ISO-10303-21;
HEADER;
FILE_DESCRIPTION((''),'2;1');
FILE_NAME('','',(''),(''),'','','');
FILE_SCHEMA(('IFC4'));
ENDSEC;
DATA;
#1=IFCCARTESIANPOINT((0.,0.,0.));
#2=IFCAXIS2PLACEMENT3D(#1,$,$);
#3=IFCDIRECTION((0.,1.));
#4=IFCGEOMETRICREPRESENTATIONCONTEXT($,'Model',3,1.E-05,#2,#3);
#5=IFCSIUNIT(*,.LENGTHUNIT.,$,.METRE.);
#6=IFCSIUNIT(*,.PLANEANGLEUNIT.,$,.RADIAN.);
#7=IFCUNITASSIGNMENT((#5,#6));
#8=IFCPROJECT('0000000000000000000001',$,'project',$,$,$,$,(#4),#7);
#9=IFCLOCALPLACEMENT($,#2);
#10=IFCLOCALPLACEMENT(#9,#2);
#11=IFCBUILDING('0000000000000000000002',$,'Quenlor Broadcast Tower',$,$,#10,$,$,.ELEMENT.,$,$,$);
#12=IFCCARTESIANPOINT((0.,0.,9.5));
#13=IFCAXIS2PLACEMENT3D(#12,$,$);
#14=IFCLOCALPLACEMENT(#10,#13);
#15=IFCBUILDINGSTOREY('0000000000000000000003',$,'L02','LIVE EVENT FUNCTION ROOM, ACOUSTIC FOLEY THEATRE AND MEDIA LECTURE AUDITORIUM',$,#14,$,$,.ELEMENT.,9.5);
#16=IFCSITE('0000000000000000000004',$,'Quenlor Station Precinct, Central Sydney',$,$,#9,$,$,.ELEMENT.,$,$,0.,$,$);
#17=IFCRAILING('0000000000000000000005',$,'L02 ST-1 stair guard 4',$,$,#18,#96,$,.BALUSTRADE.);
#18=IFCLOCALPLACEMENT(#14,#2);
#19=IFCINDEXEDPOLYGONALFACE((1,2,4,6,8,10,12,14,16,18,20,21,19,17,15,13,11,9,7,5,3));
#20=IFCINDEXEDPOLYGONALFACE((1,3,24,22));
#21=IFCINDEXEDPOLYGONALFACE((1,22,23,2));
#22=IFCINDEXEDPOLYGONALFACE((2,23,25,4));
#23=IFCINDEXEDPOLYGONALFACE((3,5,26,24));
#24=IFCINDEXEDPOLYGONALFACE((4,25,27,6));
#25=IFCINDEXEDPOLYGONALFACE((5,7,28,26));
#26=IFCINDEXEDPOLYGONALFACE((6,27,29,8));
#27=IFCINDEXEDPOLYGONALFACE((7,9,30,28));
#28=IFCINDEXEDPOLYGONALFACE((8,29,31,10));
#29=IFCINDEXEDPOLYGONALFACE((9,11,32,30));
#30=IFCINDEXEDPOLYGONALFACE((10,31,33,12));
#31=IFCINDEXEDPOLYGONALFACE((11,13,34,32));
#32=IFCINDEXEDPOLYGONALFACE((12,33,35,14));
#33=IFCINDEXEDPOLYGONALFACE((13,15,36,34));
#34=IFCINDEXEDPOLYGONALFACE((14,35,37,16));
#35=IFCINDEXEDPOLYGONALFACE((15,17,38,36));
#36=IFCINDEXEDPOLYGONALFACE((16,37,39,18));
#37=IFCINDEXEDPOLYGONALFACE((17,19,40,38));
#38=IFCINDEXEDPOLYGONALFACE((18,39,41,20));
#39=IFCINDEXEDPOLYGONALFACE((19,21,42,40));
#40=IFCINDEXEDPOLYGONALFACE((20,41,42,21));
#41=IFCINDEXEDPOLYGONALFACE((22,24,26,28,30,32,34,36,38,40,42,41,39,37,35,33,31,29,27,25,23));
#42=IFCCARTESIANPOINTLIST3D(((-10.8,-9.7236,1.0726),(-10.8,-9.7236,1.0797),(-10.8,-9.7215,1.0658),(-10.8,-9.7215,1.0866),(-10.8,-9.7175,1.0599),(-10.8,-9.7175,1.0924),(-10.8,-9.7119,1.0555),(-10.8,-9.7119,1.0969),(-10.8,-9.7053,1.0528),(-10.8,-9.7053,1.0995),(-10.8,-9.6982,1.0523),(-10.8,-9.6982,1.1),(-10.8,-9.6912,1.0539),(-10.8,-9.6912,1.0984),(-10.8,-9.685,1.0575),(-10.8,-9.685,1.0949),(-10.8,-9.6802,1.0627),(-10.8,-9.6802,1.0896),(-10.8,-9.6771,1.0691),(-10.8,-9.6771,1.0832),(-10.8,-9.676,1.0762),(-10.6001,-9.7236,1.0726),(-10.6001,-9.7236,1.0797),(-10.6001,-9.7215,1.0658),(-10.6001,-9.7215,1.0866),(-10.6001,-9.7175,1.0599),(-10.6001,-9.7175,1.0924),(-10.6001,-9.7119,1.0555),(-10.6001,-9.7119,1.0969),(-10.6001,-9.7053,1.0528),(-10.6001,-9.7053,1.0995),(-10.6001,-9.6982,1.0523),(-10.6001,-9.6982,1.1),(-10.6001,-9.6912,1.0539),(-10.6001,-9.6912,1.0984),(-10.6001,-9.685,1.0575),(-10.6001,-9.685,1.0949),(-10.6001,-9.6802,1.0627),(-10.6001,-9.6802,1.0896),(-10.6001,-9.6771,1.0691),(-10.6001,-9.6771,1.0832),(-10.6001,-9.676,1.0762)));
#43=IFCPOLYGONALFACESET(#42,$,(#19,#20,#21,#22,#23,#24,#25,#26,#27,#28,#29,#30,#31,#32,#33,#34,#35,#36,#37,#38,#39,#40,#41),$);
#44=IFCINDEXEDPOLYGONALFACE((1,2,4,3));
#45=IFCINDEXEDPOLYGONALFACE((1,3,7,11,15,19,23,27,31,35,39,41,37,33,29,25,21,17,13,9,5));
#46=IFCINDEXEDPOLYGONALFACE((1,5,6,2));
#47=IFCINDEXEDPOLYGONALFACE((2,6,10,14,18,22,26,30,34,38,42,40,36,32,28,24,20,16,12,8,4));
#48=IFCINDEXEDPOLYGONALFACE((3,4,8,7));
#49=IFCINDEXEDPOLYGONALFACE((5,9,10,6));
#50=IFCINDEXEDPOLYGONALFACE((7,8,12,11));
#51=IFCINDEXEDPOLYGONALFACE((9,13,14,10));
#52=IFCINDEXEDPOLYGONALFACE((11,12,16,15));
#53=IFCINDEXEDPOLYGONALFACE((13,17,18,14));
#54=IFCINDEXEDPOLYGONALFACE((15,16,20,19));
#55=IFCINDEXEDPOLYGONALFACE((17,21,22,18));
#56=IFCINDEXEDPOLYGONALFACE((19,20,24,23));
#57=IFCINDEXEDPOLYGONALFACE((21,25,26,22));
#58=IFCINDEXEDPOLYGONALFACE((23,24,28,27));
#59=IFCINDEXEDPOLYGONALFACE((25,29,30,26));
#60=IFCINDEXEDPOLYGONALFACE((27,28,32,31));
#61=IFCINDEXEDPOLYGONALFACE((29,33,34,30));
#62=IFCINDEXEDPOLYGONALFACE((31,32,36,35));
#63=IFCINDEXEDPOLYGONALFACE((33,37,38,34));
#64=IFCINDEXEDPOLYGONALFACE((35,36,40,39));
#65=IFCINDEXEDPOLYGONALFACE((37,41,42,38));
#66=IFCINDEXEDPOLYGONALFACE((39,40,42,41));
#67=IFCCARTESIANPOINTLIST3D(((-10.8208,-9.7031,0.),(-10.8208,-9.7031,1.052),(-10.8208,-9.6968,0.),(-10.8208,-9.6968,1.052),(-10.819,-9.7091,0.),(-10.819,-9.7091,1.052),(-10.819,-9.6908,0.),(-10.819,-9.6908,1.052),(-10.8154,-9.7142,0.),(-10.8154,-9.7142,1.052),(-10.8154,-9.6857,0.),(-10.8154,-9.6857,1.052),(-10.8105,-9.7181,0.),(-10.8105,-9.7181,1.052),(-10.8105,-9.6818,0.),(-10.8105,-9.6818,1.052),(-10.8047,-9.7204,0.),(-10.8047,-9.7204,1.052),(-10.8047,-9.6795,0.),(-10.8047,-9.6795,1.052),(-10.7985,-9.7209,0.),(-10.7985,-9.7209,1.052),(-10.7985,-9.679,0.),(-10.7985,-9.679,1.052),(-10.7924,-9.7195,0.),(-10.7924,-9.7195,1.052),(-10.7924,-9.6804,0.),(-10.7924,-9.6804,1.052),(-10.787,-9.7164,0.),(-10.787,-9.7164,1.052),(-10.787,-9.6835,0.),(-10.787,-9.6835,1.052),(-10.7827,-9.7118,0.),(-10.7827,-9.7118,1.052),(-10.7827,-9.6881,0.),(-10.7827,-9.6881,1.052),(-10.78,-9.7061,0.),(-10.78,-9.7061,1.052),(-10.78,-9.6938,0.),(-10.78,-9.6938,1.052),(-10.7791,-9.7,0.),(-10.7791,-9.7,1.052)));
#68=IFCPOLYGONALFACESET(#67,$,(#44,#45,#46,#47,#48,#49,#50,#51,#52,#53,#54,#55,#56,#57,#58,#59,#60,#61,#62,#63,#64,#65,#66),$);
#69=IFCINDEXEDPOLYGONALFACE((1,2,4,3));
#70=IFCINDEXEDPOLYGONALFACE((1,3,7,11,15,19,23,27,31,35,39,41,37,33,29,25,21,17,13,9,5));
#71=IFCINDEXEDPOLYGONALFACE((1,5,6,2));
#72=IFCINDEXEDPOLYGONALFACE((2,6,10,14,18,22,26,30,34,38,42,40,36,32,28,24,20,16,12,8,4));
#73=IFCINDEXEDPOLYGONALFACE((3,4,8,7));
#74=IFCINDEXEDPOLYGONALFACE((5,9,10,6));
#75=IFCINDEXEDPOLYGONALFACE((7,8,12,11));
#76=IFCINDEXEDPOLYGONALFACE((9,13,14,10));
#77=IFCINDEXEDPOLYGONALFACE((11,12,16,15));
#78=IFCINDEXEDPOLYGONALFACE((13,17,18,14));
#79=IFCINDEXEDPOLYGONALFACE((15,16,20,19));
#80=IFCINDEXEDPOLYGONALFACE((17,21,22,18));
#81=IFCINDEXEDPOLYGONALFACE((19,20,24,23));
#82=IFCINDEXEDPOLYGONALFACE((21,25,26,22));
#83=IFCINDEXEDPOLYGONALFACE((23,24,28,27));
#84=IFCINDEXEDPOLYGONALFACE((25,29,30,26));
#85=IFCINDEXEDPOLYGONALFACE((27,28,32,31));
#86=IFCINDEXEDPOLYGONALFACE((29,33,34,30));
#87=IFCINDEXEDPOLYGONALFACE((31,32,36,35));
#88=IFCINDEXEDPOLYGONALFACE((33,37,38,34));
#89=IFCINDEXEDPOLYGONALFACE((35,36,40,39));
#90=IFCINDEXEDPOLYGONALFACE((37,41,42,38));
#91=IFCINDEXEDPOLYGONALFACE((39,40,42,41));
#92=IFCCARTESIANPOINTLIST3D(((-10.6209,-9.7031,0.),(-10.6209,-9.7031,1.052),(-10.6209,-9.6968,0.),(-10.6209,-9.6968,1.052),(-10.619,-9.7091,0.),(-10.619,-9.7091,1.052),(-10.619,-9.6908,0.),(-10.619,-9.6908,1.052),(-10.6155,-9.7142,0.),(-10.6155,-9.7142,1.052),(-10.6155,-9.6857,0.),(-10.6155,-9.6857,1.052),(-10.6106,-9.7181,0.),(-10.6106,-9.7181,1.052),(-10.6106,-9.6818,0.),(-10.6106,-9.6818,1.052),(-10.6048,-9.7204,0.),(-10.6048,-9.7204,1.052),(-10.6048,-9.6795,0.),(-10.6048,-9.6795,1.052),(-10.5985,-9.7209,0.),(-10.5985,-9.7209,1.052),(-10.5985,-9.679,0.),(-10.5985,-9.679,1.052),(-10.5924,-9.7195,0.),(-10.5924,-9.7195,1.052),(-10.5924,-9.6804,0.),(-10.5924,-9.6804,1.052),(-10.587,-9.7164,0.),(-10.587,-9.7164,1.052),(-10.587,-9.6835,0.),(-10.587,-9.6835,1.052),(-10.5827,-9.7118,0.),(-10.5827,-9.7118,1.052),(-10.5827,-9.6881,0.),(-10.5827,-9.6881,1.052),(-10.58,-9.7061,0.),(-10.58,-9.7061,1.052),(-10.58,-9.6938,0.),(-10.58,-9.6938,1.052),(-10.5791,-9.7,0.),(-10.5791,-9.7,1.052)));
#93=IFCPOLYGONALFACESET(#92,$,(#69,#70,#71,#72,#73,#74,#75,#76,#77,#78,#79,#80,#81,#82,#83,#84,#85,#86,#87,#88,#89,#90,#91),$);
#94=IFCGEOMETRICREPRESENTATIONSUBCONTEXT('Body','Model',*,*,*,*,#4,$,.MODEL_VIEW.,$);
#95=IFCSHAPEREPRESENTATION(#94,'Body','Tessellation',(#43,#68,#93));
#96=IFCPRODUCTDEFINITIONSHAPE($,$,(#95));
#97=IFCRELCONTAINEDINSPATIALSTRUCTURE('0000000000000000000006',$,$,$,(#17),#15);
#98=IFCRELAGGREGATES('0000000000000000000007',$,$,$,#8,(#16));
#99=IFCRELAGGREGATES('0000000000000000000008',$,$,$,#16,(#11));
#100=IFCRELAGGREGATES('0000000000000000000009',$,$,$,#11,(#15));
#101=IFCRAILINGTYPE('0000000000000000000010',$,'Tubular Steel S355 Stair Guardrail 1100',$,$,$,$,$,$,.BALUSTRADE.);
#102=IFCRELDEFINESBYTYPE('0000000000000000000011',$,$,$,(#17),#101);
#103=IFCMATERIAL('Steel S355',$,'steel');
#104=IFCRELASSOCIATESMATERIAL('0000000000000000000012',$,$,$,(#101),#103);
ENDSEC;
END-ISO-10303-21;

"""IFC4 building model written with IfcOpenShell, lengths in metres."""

from ifc_helpers import new_model, si_unit, direction, frame, origin, origin_2d, place, context, subcontext, project, spatial, circle, extrude, material, type_object, element, save


model = new_model("IFC4")

# Units and contexts
model_context = context("Model", 3, precision=1e-05, world=origin(), true_north=direction((0.0, 1.0)))
body_context = subcontext(model_context, "Body", "Model", "MODEL_VIEW")
ifc_project = project(units=[si_unit("LENGTHUNIT", "METRE"), si_unit("PLANEANGLEUNIT", "RADIAN")], contexts=[model_context])

# Site, building, storey
site_placement = place(None, origin())
site = spatial("IfcSite", under=ifc_project, at=site_placement, Name="Quenlor Station Precinct, Central Sydney", CompositionType="ELEMENT", RefElevation=0.0)
building_placement = place(site_placement, origin())
building = spatial("IfcBuilding", under=site, at=building_placement, Name="Quenlor Broadcast Tower", CompositionType="ELEMENT")
storey_placement = place(building_placement, frame((0.0, 0.0, 9.5)))
storey = spatial("IfcBuildingStorey", under=building, at=storey_placement, Name="L02", Description="LIVE EVENT FUNCTION ROOM, ACOUSTIC FOLEY THEATRE AND MEDIA LECTURE AUDITORIUM", CompositionType="ELEMENT", Elevation=9.5)

# Railing
ifc_material_1 = material(Name="Steel S355", Category="steel")
railing_type = type_object("IfcRailingType", Name="Tubular Steel S355 Stair Guardrail 1100", PredefinedType="BALUSTRADE", material=ifc_material_1)
railing_1_placement = place(storey_placement, frame((-10.8, -9.7, 0.0)))
element("IfcRailing", 1, at=railing_1_placement, inside=storey, type_object=railing_type, Name="L02 ST-1 stair guard 4", PredefinedType="BALUSTRADE", context=body_context, shape_type="SweptSolid", body=[
    extrude(circle(Radius=0.0239, at=origin_2d()), frame((0.0, 0.0, 1.0762), z_axis=(1.0, 0.0, 0.0), x_axis=(0.0, 1.0, 0.0)), (0.0, 0.0, 1.0), 0.2),
    extrude(circle(Radius=0.021, at=origin_2d()), origin(), (0.0, 0.0, 1.0), 1.052),
    extrude(circle(Radius=0.021, at=origin_2d()), frame((0.2, 0.0, 0.0)), (0.0, 0.0, 1.0), 1.052),
])

save(model, "model.ifc")
